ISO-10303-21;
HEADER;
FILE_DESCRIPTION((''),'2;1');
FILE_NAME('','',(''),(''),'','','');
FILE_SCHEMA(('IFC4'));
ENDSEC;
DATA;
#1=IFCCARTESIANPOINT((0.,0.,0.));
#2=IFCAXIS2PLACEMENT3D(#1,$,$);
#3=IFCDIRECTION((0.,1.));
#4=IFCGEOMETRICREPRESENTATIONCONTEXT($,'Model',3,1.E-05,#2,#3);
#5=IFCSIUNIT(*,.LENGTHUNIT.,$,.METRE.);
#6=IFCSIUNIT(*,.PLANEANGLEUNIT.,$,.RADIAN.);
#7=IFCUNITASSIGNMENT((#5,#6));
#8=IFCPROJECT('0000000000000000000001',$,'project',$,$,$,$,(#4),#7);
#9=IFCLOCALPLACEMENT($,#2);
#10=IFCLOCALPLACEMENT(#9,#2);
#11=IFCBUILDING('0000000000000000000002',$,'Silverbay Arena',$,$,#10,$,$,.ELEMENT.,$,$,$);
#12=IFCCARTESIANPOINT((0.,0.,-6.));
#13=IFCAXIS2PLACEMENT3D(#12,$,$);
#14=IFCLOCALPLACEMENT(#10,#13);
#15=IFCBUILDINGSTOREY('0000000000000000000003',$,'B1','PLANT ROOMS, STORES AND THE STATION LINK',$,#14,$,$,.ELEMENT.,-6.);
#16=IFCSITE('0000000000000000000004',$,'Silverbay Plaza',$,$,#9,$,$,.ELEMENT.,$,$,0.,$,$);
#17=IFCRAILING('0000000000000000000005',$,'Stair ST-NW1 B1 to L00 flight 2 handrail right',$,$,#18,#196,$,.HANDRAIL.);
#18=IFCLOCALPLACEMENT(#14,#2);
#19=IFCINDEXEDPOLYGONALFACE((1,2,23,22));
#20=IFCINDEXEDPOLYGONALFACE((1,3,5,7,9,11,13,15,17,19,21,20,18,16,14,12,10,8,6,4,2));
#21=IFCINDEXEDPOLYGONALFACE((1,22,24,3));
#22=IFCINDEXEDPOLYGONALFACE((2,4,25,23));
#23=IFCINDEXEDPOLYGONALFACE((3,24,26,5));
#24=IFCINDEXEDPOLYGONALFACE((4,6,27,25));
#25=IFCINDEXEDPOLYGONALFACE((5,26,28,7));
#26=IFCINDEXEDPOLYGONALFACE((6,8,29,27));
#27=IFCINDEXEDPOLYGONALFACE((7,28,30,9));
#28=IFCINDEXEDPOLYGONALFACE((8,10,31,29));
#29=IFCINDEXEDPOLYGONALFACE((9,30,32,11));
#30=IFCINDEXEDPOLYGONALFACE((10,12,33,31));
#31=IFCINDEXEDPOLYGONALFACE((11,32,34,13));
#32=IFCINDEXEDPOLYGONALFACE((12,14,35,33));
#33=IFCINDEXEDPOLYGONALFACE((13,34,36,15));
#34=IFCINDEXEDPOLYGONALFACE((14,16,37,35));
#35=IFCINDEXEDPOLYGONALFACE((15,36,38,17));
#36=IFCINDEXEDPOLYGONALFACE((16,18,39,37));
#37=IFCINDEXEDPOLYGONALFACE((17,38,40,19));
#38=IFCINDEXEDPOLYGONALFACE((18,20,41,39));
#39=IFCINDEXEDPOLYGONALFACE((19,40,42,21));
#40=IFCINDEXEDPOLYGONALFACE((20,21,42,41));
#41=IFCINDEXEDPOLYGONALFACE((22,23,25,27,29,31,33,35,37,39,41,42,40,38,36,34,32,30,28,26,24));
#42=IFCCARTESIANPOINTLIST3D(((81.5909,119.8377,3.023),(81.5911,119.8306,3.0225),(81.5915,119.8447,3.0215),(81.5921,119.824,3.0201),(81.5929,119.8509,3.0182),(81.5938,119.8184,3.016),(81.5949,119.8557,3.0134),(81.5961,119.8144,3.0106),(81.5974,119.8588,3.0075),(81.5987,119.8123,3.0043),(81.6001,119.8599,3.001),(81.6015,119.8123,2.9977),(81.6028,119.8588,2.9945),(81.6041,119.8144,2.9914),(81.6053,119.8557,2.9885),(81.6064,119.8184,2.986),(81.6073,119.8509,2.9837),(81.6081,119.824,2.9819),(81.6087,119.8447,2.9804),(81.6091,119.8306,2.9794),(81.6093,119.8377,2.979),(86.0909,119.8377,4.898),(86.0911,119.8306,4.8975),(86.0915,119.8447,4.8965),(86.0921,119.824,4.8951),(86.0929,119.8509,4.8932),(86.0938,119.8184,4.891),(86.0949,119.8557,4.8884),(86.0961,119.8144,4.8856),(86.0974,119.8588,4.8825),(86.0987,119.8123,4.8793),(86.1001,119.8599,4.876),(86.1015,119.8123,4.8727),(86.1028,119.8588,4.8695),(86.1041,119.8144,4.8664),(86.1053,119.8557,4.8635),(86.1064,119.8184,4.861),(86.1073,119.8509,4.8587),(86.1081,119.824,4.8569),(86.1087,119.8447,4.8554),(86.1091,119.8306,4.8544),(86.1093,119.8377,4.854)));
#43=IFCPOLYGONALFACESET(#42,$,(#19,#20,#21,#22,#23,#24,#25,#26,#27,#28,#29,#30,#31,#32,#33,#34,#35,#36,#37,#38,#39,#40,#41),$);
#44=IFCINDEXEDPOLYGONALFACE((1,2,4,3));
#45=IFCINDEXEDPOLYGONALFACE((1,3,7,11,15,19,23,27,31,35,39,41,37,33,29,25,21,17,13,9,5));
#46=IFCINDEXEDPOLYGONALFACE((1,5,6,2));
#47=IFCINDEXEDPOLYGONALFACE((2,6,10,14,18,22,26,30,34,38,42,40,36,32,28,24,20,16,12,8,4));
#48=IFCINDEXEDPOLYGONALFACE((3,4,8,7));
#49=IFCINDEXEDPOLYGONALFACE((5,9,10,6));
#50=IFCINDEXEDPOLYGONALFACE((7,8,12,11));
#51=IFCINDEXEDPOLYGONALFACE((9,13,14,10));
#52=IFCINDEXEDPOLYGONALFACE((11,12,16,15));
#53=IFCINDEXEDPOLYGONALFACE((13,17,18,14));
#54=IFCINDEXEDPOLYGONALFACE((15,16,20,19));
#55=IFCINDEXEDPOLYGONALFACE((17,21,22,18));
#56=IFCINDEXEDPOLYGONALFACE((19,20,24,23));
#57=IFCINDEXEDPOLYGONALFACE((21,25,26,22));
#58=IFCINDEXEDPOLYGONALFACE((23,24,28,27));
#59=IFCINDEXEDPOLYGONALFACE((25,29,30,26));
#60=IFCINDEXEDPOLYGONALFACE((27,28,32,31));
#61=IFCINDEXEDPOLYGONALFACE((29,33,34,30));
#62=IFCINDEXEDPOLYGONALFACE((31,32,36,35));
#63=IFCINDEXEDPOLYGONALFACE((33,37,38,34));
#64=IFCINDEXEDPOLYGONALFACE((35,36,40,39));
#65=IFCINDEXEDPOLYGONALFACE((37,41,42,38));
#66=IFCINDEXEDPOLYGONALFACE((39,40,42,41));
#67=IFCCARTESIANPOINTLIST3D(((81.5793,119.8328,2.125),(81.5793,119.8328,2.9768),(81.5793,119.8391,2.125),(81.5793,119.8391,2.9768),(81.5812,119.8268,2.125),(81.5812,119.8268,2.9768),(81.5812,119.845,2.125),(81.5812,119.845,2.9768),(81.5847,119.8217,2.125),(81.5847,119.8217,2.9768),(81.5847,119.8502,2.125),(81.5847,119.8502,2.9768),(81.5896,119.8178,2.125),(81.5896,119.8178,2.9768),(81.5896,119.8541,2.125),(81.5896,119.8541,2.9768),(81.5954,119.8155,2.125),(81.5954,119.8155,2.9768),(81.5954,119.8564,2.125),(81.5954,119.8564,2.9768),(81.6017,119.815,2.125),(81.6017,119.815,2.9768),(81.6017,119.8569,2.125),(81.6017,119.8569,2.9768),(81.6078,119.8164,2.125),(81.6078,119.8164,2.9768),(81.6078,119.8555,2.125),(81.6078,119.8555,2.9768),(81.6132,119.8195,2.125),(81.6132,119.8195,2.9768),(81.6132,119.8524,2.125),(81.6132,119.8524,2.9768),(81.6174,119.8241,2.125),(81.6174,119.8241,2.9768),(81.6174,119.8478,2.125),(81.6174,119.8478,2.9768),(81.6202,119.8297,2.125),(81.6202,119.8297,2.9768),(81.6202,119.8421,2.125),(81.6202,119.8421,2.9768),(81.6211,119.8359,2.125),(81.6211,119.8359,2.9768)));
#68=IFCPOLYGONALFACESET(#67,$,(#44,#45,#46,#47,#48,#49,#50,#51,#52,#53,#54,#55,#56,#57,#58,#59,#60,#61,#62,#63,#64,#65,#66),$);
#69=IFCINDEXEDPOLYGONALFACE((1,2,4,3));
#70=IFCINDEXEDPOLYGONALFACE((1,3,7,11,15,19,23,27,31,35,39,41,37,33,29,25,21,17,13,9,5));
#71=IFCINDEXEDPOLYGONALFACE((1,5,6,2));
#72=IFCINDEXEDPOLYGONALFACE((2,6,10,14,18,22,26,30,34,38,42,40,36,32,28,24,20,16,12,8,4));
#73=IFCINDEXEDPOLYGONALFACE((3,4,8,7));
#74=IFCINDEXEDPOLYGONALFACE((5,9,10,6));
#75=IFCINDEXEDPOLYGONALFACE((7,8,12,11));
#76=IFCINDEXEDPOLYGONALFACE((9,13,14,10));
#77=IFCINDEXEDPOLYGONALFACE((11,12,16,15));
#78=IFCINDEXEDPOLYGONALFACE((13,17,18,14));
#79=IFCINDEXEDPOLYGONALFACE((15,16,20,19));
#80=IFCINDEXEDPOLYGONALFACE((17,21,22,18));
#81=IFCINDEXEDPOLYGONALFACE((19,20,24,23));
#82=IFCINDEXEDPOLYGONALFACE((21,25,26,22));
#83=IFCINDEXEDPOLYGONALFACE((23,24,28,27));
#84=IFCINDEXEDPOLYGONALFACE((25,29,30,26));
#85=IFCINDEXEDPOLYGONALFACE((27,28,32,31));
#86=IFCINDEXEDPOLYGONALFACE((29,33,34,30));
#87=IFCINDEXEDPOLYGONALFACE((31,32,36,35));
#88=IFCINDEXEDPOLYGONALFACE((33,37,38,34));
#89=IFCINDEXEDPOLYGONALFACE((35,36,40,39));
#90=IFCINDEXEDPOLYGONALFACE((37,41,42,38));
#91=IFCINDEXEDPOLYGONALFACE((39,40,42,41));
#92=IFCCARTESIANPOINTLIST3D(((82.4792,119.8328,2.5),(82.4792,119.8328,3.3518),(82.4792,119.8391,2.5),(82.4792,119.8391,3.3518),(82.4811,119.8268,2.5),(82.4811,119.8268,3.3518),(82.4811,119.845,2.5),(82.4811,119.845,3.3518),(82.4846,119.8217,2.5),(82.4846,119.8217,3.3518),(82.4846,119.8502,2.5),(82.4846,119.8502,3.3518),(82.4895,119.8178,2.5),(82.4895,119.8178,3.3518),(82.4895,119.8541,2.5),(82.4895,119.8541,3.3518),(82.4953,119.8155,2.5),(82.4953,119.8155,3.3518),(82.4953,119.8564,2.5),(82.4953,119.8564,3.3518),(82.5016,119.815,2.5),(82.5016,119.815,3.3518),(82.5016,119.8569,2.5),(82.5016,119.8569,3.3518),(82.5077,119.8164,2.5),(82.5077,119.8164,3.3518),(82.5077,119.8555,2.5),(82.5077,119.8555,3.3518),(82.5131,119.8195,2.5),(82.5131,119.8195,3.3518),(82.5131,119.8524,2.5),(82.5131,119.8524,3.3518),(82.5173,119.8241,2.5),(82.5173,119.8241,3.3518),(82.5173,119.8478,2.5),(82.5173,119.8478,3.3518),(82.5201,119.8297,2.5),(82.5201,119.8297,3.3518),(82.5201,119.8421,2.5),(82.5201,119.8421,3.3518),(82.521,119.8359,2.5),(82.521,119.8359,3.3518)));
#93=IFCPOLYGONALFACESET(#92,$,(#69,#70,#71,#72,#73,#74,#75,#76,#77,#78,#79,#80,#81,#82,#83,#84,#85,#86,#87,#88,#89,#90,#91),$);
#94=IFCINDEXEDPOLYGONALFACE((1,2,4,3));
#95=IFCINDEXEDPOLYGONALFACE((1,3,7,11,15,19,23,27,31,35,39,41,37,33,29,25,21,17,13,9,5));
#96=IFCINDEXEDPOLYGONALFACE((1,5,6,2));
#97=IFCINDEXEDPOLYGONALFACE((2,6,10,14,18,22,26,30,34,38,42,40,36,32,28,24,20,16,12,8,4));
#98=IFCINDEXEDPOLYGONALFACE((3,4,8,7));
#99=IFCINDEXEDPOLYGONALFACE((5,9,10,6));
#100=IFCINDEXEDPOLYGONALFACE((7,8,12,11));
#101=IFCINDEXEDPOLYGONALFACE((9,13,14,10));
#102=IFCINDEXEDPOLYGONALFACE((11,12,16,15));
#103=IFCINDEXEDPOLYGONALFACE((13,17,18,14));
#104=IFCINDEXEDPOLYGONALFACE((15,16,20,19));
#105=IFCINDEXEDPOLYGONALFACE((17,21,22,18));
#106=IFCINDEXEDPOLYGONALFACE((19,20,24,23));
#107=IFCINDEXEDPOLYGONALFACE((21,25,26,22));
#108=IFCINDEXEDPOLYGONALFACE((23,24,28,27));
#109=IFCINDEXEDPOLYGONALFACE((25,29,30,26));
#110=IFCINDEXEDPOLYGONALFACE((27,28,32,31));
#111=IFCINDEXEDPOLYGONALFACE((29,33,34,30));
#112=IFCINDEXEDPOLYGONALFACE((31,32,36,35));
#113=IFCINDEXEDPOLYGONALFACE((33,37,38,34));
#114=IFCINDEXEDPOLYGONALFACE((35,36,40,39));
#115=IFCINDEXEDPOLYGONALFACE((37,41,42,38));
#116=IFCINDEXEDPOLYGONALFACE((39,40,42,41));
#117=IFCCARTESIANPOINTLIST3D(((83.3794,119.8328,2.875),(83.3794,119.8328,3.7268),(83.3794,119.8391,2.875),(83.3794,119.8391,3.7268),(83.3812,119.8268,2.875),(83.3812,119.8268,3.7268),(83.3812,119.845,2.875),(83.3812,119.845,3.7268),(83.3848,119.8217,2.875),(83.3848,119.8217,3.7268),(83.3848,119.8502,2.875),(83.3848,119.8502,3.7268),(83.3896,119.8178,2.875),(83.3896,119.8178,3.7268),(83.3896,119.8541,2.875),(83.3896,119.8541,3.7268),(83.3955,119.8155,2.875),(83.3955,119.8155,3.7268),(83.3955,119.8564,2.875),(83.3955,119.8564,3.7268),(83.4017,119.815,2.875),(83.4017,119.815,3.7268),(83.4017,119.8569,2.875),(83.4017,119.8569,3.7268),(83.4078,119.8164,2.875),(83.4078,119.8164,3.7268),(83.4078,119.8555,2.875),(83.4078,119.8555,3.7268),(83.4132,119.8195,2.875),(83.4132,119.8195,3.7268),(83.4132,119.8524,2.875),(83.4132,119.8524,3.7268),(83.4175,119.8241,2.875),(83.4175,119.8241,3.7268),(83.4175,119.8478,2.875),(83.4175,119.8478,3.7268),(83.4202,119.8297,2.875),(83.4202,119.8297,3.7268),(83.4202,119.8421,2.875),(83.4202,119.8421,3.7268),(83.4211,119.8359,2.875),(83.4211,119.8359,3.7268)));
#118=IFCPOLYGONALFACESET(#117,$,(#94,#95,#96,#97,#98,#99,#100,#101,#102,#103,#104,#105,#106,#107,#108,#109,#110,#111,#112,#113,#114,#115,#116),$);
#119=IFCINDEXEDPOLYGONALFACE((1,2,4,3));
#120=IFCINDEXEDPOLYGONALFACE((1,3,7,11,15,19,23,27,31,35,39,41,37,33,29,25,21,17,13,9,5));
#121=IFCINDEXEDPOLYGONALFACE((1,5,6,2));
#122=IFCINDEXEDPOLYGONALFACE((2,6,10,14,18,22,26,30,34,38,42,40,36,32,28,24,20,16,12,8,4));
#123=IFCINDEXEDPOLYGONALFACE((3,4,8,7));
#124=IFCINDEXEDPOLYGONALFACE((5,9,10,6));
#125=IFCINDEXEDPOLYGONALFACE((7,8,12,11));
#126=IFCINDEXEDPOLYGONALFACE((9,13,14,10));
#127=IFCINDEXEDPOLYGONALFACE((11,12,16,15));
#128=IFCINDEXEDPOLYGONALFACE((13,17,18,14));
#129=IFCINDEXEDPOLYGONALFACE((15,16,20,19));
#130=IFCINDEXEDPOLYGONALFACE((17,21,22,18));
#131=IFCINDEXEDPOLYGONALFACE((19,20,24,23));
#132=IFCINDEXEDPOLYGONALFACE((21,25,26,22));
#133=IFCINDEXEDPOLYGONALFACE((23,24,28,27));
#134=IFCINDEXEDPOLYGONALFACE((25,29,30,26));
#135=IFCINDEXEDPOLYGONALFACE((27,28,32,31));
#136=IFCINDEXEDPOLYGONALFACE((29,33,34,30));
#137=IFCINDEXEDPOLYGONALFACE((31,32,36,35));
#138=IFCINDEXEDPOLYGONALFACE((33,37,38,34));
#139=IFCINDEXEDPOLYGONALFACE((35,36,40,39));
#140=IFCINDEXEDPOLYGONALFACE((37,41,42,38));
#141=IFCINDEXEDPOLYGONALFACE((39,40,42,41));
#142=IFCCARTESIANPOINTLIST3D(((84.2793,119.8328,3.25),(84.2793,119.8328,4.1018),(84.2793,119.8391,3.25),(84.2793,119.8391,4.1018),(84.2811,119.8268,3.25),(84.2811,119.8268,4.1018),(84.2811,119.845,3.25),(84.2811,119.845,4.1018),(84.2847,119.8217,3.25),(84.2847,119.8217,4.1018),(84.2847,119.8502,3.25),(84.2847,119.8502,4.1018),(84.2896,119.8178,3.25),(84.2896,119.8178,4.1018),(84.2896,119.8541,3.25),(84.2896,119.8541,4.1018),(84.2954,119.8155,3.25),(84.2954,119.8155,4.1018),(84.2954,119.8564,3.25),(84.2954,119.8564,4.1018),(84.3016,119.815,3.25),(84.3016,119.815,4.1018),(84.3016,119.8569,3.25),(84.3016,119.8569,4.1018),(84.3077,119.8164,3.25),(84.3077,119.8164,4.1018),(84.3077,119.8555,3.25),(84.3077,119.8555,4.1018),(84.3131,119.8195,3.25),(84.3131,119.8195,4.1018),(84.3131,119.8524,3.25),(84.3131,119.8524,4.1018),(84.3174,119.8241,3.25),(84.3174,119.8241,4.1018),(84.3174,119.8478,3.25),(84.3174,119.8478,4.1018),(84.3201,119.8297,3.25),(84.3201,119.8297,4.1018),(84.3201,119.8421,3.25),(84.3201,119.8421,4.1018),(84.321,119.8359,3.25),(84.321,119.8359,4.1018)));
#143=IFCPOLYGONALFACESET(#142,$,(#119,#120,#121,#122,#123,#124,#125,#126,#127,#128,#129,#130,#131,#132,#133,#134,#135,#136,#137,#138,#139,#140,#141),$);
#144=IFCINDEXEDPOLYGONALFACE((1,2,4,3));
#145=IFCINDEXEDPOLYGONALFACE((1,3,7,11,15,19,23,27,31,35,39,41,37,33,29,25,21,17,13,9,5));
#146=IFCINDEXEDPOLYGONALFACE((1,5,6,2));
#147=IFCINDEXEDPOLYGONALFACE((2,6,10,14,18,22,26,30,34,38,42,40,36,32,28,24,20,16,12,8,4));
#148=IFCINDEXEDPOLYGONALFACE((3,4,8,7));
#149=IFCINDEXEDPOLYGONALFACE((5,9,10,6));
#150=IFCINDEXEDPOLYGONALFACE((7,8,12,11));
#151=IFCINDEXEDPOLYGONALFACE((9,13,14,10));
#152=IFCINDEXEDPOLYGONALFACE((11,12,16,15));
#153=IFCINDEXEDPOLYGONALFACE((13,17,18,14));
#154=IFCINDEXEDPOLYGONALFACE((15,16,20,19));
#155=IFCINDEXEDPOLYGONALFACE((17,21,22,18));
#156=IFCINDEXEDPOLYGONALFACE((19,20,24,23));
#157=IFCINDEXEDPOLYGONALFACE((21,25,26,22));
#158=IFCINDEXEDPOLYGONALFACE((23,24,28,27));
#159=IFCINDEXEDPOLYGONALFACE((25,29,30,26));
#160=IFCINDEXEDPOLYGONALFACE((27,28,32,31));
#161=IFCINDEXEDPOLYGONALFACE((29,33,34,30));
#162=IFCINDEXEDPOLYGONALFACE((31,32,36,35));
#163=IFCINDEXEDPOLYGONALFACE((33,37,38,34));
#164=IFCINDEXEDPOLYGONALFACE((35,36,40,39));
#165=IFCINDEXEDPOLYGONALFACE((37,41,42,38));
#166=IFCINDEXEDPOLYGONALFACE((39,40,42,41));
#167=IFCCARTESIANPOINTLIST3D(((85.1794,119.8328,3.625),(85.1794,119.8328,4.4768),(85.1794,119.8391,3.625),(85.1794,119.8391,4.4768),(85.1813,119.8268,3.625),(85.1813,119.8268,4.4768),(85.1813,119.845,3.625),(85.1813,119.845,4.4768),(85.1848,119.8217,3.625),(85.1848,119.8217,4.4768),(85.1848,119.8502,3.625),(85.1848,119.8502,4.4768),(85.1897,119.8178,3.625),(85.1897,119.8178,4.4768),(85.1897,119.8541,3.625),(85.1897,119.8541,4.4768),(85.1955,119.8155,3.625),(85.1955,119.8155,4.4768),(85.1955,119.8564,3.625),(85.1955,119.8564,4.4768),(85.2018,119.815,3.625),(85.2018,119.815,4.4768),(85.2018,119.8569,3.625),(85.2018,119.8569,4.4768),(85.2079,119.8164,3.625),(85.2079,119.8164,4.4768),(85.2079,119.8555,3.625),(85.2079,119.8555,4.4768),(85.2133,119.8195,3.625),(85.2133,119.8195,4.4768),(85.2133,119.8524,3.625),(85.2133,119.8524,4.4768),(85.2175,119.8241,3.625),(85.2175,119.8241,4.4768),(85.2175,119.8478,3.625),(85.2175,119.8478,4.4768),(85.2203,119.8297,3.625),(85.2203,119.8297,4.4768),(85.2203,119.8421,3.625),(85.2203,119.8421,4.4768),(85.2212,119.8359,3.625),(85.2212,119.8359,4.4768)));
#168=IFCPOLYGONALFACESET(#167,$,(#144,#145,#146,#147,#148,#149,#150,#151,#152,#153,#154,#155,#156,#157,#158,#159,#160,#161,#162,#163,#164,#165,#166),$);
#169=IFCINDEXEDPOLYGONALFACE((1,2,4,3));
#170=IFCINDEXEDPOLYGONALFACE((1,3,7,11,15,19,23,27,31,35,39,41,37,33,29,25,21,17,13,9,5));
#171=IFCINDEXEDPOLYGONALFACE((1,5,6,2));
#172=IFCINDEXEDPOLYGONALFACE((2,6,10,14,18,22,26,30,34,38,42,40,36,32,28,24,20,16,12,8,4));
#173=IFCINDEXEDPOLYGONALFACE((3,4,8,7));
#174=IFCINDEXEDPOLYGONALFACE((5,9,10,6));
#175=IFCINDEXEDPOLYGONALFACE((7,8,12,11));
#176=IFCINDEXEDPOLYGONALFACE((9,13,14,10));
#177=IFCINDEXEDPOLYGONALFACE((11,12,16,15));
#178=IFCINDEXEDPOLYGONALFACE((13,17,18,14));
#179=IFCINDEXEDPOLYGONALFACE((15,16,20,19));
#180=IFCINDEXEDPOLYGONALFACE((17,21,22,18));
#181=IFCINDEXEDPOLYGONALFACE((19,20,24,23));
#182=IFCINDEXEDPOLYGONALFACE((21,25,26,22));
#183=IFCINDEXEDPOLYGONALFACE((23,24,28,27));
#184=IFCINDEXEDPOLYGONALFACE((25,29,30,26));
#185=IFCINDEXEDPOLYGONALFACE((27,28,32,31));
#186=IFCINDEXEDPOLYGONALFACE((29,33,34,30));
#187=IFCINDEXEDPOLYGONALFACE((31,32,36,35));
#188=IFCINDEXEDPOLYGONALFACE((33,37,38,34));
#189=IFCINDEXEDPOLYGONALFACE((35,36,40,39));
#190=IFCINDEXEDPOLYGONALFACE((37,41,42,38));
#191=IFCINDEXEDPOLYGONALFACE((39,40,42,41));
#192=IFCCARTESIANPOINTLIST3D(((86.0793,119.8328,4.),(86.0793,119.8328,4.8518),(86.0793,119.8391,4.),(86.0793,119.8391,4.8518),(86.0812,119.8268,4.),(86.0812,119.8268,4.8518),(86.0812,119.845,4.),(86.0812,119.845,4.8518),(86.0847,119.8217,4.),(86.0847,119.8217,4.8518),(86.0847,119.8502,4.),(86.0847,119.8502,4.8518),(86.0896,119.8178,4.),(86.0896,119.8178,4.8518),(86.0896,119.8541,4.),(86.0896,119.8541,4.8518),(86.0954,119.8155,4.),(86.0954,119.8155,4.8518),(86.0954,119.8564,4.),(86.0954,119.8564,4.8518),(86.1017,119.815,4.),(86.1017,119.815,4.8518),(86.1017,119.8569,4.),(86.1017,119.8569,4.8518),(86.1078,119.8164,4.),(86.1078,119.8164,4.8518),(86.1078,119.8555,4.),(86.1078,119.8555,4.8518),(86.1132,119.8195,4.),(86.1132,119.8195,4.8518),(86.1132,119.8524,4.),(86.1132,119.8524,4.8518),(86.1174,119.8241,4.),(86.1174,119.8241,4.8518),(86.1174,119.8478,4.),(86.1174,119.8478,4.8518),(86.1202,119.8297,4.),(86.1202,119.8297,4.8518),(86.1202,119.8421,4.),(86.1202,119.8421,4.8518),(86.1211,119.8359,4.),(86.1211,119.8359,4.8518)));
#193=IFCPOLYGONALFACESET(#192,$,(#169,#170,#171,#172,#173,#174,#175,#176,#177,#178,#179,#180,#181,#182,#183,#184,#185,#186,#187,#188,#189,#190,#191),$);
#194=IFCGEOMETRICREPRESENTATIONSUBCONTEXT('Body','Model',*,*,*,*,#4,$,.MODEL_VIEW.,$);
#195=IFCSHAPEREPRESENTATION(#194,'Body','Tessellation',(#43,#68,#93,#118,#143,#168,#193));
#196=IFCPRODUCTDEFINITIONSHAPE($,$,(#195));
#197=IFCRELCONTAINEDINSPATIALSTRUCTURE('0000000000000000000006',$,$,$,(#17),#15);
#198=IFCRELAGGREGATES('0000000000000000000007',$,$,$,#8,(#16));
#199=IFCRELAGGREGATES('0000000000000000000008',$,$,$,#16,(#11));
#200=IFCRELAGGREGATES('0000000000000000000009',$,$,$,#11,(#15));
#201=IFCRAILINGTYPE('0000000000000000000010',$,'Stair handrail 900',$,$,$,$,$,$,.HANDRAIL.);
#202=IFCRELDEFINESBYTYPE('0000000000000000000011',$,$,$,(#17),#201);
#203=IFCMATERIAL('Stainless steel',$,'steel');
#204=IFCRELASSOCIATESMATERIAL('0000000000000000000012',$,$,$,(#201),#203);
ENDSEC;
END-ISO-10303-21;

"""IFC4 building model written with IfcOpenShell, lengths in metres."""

from ifc_helpers import new_model, si_unit, direction, frame, origin, origin_2d, place, context, subcontext, project, spatial, circle, extrude, material, type_object, element, save


model = new_model("IFC4")

# Units and contexts
model_context = context("Model", 3, precision=1e-05, world=origin(), true_north=direction((0.0, 1.0)))
body_context = subcontext(model_context, "Body", "Model", "MODEL_VIEW")
ifc_project = project(units=[si_unit("LENGTHUNIT", "METRE"), si_unit("PLANEANGLEUNIT", "RADIAN")], contexts=[model_context])

# Site, building, storey
site_placement = place(None, origin())
site = spatial("IfcSite", under=ifc_project, at=site_placement, Name="Silverbay Plaza", CompositionType="ELEMENT", RefElevation=0.0)
building_placement = place(site_placement, origin())
building = spatial("IfcBuilding", under=site, at=building_placement, Name="Silverbay Arena", CompositionType="ELEMENT")
storey_placement = place(building_placement, frame((0.0, 0.0, -6.0)))
storey = spatial("IfcBuildingStorey", under=building, at=storey_placement, Name="B1", Description="PLANT ROOMS, STORES AND THE STATION LINK", CompositionType="ELEMENT", Elevation=-6.0)

# Railing
ifc_material_1 = material(Name="Stainless steel", Category="steel")
railing_type_1 = type_object("IfcRailingType", Name="Stair handrail 900", PredefinedType="HANDRAIL", material=ifc_material_1)
for number, where, name in (
    (1, (81.6001, 119.8359, 2.125), "Stair ST-NW1 B1 to L00 flight 2 handrail right"),
):
    element("IfcRailing", number, at=place(storey_placement, frame(where)), inside=storey, type_object=railing_type_1, Name=name, PredefinedType="HANDRAIL", context=body_context, shape_type="SweptSolid", body=[
        extrude(circle(Radius=0.0239, at=origin_2d()), frame((0.0, 0.0, 0.876), z_axis=(0.923077, 0.0, 0.384615), x_axis=(0.0, 1.0, 0.0)), (0.0, 0.0, 1.0), 4.875),
        extrude(circle(Radius=0.021, at=origin_2d()), origin(), (0.0, 0.0, 1.0), 0.8518),
        extrude(circle(Radius=0.021, at=origin_2d()), frame((0.8999, 0.0, 0.375)), (0.0, 0.0, 1.0), 0.8518),
        extrude(circle(Radius=0.021, at=origin_2d()), frame((1.8, 0.0, 0.75)), (0.0, 0.0, 1.0), 0.8518),
        extrude(circle(Radius=0.021, at=origin_2d()), frame((2.7, 0.0, 1.125)), (0.0, 0.0, 1.0), 0.8518),
        extrude(circle(Radius=0.021, at=origin_2d()), frame((3.6001, 0.0, 1.5)), (0.0, 0.0, 1.0), 0.8518),
        extrude(circle(Radius=0.021, at=origin_2d()), frame((4.5, 0.0, 1.875)), (0.0, 0.0, 1.0), 0.8518),
    ])

save(model, "model.ifc")
